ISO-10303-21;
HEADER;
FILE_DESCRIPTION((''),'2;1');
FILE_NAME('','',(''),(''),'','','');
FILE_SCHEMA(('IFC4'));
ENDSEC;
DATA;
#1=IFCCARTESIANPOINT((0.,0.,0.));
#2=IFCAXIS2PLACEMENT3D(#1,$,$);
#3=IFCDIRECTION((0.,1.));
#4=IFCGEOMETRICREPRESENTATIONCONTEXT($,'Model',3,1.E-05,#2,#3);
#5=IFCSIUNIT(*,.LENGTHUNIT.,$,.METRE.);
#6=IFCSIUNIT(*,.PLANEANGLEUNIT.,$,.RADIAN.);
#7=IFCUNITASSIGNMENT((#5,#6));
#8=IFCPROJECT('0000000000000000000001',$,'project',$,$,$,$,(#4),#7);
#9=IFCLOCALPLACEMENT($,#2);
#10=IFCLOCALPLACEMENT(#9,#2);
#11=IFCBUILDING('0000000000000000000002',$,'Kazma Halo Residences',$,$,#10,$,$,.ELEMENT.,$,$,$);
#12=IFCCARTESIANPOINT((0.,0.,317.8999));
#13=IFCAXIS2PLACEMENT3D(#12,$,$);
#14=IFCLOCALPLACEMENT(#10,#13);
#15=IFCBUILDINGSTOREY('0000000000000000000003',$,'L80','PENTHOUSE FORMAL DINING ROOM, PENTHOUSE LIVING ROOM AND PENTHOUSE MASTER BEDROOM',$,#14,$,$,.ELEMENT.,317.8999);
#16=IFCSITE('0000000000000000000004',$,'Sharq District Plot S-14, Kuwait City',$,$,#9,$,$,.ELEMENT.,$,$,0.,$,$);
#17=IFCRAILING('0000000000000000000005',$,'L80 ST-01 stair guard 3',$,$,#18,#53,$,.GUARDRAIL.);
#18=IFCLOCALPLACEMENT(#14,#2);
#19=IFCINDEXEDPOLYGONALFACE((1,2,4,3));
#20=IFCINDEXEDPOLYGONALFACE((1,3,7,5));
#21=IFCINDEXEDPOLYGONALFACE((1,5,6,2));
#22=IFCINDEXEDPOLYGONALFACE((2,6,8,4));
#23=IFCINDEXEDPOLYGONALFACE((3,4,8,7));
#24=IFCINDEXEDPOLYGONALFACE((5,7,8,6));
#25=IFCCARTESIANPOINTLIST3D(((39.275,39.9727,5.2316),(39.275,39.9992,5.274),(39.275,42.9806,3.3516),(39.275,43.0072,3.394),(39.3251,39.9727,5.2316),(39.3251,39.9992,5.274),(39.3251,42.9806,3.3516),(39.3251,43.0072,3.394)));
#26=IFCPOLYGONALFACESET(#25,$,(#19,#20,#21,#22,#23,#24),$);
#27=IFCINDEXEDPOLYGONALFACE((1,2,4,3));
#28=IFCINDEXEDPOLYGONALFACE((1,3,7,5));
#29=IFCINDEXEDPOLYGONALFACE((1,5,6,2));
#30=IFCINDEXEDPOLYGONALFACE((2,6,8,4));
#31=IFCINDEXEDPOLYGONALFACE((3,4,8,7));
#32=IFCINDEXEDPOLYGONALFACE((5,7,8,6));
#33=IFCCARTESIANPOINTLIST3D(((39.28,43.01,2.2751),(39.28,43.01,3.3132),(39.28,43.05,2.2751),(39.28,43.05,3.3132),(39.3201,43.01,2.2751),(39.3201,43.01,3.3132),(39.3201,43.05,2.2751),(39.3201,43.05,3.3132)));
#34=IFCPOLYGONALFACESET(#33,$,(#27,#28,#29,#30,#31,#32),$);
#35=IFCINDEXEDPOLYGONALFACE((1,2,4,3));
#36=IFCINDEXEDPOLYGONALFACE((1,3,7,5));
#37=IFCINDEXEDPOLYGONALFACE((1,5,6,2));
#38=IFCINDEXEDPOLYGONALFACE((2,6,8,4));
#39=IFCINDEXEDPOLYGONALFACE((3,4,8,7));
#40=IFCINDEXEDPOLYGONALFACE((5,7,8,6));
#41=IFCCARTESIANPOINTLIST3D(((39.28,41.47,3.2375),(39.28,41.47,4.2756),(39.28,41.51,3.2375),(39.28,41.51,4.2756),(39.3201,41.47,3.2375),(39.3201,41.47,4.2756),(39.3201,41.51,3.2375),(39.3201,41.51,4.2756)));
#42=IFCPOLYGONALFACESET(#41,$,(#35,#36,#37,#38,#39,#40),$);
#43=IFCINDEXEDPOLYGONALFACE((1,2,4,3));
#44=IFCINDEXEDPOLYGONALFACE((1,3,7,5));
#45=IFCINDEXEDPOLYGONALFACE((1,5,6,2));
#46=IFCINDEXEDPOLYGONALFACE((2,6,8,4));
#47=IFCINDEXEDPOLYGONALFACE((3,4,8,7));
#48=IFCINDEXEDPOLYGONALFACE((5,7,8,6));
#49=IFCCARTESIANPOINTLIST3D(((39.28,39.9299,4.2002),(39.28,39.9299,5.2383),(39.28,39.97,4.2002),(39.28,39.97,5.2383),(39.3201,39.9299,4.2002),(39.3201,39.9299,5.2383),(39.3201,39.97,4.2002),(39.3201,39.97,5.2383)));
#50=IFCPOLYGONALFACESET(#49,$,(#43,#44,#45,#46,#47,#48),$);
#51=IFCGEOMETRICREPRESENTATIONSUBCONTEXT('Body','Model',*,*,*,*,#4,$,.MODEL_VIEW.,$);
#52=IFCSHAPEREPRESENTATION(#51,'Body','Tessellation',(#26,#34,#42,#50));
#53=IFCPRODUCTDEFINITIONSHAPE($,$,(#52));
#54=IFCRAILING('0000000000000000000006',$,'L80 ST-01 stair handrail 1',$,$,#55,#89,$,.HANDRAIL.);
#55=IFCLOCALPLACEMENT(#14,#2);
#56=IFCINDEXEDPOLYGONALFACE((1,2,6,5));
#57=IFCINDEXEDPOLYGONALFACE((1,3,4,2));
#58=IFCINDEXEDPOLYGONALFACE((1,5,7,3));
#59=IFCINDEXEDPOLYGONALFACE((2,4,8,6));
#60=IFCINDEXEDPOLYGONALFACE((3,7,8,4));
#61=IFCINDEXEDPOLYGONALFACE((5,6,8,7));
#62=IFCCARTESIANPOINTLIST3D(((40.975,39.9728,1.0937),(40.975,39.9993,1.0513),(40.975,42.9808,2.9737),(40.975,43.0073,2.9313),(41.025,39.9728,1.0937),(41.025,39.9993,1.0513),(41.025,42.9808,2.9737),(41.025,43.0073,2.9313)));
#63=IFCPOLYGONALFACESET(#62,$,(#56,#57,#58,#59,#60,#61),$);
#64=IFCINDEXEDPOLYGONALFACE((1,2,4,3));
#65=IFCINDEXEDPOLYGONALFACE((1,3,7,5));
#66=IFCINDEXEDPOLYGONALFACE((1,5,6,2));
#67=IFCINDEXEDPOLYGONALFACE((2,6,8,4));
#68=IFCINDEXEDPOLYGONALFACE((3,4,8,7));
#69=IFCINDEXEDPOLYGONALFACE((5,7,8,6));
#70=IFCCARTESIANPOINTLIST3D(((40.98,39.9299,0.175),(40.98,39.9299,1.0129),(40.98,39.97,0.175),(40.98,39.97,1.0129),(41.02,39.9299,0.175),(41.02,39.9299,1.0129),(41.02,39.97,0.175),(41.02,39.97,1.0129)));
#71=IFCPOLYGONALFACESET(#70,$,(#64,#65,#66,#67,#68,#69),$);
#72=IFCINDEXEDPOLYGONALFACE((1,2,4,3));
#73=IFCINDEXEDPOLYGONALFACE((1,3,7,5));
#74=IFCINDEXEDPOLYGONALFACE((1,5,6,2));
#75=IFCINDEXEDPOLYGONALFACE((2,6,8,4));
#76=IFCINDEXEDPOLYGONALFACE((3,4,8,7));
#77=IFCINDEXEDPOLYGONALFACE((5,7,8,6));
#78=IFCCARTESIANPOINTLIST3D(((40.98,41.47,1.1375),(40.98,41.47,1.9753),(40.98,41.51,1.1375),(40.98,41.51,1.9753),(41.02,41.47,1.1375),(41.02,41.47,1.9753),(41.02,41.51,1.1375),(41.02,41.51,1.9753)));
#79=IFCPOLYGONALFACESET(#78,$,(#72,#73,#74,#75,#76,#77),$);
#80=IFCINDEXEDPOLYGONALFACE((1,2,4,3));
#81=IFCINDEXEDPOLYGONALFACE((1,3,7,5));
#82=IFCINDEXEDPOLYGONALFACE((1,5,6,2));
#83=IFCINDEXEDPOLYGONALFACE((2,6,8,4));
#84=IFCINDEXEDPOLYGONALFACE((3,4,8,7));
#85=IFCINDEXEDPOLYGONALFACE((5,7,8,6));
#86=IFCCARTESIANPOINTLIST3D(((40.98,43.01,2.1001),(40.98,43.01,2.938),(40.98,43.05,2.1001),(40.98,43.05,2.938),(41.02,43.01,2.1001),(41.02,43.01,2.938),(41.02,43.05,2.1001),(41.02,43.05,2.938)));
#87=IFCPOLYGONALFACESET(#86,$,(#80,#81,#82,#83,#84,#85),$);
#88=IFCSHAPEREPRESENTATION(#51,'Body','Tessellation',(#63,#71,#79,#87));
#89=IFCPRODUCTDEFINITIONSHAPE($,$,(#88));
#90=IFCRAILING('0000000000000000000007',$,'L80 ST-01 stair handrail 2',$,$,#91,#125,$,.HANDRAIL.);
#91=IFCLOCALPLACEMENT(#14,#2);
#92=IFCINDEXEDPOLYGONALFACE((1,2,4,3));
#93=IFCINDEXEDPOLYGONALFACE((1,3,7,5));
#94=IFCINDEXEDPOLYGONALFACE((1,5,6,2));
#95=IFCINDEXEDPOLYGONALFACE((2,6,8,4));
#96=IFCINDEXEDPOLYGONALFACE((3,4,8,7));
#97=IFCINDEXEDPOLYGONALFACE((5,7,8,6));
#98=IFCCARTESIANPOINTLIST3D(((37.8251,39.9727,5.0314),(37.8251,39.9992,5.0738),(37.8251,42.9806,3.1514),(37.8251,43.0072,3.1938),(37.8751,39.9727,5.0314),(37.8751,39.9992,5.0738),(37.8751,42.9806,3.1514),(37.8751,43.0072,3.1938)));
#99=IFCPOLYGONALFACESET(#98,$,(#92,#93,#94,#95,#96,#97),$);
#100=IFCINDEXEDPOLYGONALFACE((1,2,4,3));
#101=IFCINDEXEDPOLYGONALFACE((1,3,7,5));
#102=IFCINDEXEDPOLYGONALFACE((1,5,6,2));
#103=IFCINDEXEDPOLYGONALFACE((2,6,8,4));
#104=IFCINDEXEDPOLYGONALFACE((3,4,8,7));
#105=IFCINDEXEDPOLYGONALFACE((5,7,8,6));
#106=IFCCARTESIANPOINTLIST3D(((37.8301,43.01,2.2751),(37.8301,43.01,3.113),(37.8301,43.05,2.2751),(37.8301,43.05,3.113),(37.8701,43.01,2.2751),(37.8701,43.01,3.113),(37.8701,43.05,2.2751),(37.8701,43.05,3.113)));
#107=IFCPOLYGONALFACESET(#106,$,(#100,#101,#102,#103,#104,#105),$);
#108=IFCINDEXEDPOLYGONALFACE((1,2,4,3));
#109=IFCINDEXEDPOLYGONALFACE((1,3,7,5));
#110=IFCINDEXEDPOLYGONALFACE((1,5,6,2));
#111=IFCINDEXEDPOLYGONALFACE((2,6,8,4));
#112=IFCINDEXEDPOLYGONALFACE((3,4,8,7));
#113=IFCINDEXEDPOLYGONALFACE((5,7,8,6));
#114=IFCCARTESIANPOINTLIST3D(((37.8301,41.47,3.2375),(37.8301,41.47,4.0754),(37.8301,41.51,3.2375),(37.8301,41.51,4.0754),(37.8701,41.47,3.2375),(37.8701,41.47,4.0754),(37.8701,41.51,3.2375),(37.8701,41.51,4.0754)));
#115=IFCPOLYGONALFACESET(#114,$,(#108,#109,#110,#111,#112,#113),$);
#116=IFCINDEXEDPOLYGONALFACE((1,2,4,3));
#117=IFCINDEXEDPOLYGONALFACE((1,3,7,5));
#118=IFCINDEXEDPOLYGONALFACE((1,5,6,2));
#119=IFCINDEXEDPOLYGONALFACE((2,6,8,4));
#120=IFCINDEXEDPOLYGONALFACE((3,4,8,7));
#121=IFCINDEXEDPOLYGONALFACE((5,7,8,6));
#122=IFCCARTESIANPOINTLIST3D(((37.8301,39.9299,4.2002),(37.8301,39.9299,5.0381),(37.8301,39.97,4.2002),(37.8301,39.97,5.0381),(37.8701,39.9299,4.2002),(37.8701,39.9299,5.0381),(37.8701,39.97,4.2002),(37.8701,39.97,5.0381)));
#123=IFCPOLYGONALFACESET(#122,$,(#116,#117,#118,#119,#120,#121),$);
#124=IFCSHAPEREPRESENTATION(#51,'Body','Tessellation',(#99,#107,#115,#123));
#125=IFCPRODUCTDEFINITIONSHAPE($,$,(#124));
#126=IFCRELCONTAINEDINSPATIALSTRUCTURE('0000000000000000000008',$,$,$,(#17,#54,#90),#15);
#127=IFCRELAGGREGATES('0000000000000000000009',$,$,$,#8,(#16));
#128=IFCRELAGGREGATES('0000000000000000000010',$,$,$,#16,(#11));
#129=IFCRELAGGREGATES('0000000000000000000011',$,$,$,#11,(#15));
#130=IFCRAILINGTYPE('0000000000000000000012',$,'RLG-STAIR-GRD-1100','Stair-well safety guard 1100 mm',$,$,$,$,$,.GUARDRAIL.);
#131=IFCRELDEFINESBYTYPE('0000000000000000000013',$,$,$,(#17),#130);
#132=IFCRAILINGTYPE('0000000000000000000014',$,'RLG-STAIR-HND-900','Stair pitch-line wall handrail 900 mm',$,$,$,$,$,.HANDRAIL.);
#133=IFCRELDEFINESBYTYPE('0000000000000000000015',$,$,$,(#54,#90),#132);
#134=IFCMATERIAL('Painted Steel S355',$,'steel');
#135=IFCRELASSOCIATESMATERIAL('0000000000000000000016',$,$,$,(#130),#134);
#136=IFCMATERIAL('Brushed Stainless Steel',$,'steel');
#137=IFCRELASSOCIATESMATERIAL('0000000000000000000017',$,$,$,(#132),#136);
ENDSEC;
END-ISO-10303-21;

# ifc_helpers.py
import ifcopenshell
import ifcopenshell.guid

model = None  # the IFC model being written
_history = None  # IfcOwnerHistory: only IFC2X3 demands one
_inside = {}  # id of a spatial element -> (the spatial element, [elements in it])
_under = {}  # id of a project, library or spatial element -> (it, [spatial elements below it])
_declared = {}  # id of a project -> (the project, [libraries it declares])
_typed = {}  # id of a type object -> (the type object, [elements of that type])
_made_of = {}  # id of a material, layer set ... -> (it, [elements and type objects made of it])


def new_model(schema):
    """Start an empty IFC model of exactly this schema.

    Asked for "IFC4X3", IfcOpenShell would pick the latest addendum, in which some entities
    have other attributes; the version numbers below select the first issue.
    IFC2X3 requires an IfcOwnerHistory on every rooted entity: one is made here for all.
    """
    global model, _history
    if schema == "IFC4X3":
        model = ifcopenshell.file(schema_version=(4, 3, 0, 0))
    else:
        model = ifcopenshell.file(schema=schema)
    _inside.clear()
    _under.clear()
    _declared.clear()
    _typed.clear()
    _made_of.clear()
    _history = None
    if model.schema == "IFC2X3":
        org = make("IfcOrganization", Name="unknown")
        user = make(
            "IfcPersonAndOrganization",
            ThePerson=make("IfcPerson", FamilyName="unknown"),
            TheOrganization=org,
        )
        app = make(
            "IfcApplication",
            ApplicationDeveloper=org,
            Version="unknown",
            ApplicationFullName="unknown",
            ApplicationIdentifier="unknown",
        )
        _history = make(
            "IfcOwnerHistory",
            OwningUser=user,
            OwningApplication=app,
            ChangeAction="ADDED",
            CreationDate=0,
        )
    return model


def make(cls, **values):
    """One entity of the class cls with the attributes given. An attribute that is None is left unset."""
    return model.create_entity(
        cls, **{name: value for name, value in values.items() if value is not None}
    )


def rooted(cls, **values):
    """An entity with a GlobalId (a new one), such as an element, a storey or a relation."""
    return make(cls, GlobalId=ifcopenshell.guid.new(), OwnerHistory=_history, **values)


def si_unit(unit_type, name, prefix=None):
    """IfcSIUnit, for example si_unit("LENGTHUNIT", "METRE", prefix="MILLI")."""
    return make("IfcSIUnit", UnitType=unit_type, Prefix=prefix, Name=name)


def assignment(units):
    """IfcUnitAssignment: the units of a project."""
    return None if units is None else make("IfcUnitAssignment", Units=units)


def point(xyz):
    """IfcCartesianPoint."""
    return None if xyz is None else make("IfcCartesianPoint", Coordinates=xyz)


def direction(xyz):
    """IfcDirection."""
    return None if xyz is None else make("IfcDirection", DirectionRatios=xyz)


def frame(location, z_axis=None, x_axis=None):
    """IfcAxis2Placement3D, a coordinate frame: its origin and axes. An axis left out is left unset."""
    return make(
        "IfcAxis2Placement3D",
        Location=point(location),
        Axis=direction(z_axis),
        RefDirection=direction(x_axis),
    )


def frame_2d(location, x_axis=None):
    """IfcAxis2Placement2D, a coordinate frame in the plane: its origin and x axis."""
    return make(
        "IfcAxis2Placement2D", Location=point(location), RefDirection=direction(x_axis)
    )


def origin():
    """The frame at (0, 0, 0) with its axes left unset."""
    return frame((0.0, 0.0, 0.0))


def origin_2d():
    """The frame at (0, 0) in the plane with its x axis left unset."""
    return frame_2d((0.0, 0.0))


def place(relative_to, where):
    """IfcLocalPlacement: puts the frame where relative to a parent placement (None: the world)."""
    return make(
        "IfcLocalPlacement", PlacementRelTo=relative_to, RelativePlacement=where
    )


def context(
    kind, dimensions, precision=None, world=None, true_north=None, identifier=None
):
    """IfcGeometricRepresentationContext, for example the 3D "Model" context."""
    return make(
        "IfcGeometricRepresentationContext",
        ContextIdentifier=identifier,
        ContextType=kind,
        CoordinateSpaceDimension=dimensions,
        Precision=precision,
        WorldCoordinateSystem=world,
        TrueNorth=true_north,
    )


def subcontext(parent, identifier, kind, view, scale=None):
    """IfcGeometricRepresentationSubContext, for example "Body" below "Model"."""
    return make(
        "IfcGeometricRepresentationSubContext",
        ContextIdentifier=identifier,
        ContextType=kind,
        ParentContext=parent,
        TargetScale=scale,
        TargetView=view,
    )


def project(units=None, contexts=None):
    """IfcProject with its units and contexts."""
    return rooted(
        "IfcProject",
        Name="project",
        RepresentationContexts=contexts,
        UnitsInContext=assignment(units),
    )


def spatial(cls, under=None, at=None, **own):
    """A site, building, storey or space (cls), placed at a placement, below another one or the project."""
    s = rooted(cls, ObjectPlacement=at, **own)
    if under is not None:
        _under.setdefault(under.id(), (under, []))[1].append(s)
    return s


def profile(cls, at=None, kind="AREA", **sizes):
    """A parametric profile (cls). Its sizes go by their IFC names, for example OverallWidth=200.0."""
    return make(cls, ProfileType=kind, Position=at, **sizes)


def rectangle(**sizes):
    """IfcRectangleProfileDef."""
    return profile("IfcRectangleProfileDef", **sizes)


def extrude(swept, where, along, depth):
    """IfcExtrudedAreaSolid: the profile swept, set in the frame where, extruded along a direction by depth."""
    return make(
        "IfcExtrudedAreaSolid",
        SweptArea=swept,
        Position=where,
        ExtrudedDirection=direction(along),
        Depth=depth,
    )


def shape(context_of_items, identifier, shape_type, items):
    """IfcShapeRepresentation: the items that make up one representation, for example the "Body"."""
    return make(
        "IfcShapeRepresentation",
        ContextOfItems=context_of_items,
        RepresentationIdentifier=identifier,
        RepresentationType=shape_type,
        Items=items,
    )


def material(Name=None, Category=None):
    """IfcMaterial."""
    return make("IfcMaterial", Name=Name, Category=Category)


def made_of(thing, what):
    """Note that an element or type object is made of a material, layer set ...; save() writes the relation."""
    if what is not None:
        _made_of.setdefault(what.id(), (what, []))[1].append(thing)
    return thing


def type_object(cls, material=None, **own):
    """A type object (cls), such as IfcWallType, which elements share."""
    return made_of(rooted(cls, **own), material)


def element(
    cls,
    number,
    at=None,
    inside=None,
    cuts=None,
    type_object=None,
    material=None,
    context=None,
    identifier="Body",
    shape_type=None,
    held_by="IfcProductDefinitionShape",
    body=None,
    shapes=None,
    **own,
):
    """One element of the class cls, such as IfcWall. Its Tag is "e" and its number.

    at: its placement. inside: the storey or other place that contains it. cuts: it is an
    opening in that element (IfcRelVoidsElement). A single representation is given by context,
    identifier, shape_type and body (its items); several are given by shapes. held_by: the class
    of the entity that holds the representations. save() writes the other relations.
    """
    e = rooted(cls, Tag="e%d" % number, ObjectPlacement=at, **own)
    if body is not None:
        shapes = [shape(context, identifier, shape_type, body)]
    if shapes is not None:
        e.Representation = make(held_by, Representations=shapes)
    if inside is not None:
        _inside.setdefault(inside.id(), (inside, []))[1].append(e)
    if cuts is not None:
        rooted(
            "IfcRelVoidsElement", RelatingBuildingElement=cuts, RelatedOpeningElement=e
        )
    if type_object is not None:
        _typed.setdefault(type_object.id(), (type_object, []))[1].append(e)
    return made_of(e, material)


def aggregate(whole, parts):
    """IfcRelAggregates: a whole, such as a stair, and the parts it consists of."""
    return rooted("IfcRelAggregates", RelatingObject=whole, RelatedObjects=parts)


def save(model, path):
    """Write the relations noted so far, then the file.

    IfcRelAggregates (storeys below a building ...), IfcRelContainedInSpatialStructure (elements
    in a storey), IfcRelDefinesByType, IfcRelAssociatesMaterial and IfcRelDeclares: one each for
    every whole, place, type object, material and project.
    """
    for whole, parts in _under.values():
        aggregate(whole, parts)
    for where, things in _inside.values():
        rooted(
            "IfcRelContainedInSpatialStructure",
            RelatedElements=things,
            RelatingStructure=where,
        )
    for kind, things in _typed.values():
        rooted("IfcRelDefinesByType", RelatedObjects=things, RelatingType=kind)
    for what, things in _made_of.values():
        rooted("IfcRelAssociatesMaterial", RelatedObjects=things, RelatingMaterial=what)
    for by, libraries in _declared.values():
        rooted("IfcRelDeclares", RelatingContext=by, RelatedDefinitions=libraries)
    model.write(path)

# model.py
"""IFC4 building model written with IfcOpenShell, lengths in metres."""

from ifc_helpers import new_model, si_unit, direction, frame, origin, origin_2d, place, context, subcontext, project, spatial, rectangle, extrude, material, type_object, element, save


model = new_model("IFC4")

# Units and contexts
model_context = context("Model", 3, precision=1e-05, world=origin(), true_north=direction((0.0, 1.0)))
body_context = subcontext(model_context, "Body", "Model", "MODEL_VIEW")
ifc_project = project(units=[si_unit("LENGTHUNIT", "METRE"), si_unit("PLANEANGLEUNIT", "RADIAN")], contexts=[model_context])

# Site, building, storey
site_placement = place(None, origin())
site = spatial("IfcSite", under=ifc_project, at=site_placement, Name="Sharq District Plot S-14, Kuwait City", CompositionType="ELEMENT", RefElevation=0.0)
building_placement = place(site_placement, origin())
building = spatial("IfcBuilding", under=site, at=building_placement, Name="Kazma Halo Residences", CompositionType="ELEMENT")
storey_placement = place(building_placement, frame((0.0, 0.0, 317.8999)))
storey = spatial("IfcBuildingStorey", under=building, at=storey_placement, Name="L80", Description="PENTHOUSE FORMAL DINING ROOM, PENTHOUSE LIVING ROOM AND PENTHOUSE MASTER BEDROOM", CompositionType="ELEMENT", Elevation=317.8999)

# Railings
ifc_material_1 = material(Name="Painted Steel S355", Category="steel")
railing_type_1 = type_object("IfcRailingType", Name="RLG-STAIR-GRD-1100", Description="Stair-well safety guard 1100 mm", PredefinedType="GUARDRAIL", material=ifc_material_1)
railing_1_placement = place(storey_placement, frame((39.3, 43.03, 2.2751)))
element("IfcRailing", 1, at=railing_1_placement, inside=storey, type_object=railing_type_1, Name="L80 ST-01 stair guard 3", PredefinedType="GUARDRAIL", context=body_context, shape_type="SweptSolid", body=[
    extrude(rectangle(XDim=0.05, YDim=0.05, at=origin_2d()), frame((0.0, -0.0361, 1.0977), z_axis=(0.0, -0.847998, 0.529999), x_axis=(1.0, 0.0, 0.0)), (0.0, 0.0, 1.0), 3.5471),
    extrude(rectangle(XDim=0.04, YDim=0.04, at=origin_2d()), origin(), (0.0, 0.0, 1.0), 1.0381),
    extrude(rectangle(XDim=0.04, YDim=0.04, at=origin_2d()), frame((0.0, -1.54, 0.9624)), (0.0, 0.0, 1.0), 1.0381),
    extrude(rectangle(XDim=0.04, YDim=0.04, at=origin_2d()), frame((0.0, -3.0801, 1.925)), (0.0, 0.0, 1.0), 1.0381),
])
ifc_material_2 = material(Name="Brushed Stainless Steel", Category="steel")
railing_type_2 = type_object("IfcRailingType", Name="RLG-STAIR-HND-900", Description="Stair pitch-line wall handrail 900 mm", PredefinedType="HANDRAIL", material=ifc_material_2)
railing_2_placement = place(storey_placement, frame((41.0, 39.95, 0.175)))
element("IfcRailing", 2, at=railing_2_placement, inside=storey, type_object=railing_type_2, Name="L80 ST-01 stair handrail 1", PredefinedType="HANDRAIL", context=body_context, shape_type="SweptSolid", body=[
    extrude(rectangle(XDim=0.05, YDim=0.05, at=origin_2d()), frame((0.0, 0.0361, 0.8975), z_axis=(0.0, 0.847998, 0.529999), x_axis=(-1.0, 0.0, 0.0)), (0.0, 0.0, 1.0), 3.5471),
    extrude(rectangle(XDim=0.04, YDim=0.04, at=origin_2d()), origin(), (0.0, 0.0, 1.0), 0.8379),
    extrude(rectangle(XDim=0.04, YDim=0.04, at=origin_2d()), frame((0.0, 1.54, 0.9624)), (0.0, 0.0, 1.0), 0.8379),
    extrude(rectangle(XDim=0.04, YDim=0.04, at=origin_2d()), frame((0.0, 3.0801, 1.925)), (0.0, 0.0, 1.0), 0.8379),
])
railing_3_placement = place(storey_placement, frame((37.8501, 43.03, 2.2751)))
element("IfcRailing", 3, at=railing_3_placement, inside=storey, type_object=railing_type_2, Name="L80 ST-01 stair handrail 2", PredefinedType="HANDRAIL", context=body_context, shape_type="SweptSolid", body=[
    extrude(rectangle(XDim=0.05, YDim=0.05, at=origin_2d()), frame((0.0, -0.0361, 0.8975), z_axis=(0.0, -0.847998, 0.529999), x_axis=(1.0, 0.0, 0.0)), (0.0, 0.0, 1.0), 3.5471),
    extrude(rectangle(XDim=0.04, YDim=0.04, at=origin_2d()), origin(), (0.0, 0.0, 1.0), 0.8379),
    extrude(rectangle(XDim=0.04, YDim=0.04, at=origin_2d()), frame((0.0, -1.54, 0.9624)), (0.0, 0.0, 1.0), 0.8379),
    extrude(rectangle(XDim=0.04, YDim=0.04, at=origin_2d()), frame((0.0, -3.0801, 1.925)), (0.0, 0.0, 1.0), 0.8379),
])

save(model, "model.ifc")
